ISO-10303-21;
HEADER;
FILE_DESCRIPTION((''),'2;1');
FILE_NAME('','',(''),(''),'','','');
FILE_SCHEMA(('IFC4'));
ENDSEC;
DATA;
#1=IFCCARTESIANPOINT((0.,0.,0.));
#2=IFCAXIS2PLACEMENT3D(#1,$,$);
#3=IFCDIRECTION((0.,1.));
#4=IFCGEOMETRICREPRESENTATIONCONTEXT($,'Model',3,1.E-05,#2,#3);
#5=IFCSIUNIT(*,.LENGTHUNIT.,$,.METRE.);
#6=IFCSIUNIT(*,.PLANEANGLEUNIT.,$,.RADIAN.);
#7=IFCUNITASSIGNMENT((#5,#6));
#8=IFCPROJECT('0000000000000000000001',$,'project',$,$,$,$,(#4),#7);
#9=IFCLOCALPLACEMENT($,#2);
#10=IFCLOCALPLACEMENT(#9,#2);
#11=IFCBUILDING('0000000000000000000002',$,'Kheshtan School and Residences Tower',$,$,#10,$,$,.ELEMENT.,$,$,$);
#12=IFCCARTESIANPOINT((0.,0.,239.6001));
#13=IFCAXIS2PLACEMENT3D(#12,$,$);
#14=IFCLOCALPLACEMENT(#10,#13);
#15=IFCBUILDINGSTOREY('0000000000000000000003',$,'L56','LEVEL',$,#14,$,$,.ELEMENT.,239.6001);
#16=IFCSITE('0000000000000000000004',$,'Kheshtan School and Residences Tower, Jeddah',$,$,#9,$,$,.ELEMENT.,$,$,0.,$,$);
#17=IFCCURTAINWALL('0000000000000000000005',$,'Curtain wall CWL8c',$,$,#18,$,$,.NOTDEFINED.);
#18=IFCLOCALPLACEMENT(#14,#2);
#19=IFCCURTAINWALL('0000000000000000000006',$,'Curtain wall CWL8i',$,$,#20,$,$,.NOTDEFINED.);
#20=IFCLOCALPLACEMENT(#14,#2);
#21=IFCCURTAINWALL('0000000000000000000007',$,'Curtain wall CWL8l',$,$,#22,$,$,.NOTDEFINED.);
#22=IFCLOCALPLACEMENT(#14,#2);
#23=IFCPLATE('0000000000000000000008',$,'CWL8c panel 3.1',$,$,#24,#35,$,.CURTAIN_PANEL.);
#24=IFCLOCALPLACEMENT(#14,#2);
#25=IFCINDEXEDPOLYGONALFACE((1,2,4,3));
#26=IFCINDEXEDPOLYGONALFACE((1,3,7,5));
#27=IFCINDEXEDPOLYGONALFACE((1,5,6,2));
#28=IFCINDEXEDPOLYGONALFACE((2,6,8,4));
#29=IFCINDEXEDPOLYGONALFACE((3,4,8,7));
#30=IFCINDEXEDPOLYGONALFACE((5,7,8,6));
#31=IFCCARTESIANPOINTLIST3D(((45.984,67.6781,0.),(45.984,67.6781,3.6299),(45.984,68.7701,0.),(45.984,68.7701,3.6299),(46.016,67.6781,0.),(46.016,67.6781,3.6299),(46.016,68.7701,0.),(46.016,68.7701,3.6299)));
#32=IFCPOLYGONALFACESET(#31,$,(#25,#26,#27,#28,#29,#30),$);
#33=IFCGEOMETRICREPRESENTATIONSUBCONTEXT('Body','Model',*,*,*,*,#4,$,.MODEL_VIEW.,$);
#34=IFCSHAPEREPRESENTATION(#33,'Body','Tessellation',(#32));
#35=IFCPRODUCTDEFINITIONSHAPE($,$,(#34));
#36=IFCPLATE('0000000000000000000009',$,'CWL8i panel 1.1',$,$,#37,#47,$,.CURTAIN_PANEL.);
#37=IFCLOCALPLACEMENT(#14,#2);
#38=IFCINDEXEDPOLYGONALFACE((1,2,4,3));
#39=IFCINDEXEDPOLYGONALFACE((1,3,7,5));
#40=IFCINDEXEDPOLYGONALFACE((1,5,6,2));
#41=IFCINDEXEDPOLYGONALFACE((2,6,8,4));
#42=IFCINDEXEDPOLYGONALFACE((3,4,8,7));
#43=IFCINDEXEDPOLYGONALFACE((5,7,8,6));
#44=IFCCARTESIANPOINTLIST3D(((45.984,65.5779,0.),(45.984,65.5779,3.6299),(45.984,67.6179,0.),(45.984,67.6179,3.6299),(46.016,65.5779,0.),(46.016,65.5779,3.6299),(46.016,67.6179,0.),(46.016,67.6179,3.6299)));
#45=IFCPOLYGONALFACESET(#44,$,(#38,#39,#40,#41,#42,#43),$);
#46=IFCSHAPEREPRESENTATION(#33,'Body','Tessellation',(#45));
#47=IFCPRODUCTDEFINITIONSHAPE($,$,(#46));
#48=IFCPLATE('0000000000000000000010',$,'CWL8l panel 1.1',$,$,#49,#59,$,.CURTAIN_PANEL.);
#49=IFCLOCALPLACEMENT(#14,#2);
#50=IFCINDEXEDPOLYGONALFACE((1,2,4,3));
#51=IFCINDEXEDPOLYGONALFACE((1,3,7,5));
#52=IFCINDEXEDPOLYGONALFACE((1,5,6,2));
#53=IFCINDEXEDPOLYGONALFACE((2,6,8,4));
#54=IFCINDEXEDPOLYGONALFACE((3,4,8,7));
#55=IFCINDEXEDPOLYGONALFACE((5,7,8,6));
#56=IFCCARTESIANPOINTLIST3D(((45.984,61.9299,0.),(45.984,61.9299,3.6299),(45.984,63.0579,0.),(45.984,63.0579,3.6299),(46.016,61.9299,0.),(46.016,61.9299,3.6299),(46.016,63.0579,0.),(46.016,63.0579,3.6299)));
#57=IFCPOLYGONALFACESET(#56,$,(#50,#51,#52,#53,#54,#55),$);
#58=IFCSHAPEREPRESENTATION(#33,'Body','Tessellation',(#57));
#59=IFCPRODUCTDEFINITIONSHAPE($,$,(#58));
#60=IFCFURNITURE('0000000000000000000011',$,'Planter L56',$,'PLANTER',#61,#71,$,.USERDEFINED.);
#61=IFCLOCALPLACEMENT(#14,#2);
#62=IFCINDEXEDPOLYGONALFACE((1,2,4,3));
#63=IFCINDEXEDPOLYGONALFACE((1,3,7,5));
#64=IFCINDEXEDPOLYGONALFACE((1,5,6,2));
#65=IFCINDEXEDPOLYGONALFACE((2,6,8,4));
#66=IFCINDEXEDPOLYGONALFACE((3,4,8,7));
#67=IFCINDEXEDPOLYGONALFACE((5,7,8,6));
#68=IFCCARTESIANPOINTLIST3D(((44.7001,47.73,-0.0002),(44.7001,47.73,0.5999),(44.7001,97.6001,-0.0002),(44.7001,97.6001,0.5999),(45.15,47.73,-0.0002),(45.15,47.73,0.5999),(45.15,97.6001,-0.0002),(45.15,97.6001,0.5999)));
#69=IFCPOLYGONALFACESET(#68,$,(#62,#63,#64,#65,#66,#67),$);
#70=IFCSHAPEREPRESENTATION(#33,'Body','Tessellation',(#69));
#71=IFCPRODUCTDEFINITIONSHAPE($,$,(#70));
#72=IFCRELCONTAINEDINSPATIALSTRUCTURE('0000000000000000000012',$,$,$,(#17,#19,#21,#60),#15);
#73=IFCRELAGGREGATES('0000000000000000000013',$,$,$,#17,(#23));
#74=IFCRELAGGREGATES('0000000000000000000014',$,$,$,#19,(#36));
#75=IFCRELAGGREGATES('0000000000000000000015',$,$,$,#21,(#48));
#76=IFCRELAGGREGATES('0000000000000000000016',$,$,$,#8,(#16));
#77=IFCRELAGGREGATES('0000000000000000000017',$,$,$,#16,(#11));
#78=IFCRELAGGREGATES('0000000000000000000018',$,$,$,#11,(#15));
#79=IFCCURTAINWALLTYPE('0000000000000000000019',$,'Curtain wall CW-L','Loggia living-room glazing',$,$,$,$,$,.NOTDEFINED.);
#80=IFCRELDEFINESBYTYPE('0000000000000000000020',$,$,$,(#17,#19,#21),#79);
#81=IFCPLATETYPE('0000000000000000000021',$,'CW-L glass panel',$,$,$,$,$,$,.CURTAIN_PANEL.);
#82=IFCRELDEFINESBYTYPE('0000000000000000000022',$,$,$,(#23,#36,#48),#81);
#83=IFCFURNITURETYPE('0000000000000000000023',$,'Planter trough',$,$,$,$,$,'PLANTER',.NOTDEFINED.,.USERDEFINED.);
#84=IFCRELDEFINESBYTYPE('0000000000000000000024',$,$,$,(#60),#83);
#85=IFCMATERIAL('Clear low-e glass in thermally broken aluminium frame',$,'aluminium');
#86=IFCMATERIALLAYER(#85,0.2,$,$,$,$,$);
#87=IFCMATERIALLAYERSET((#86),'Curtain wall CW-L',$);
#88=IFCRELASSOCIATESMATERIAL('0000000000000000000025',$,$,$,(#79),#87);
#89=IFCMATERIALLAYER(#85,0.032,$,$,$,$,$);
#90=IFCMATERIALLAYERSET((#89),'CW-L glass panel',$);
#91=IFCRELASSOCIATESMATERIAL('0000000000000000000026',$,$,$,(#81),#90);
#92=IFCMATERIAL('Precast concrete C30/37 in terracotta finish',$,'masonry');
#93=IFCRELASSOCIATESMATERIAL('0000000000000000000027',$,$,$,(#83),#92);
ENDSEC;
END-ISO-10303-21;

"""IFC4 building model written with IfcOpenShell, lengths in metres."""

from ifc_helpers import new_model, si_unit, direction, frame, origin, origin_2d, place, context, subcontext, project, spatial, rectangle, extrude, material, layer, layer_set, type_object, element, aggregate, save


model = new_model("IFC4")

# Units and contexts
model_context = context("Model", 3, precision=1e-05, world=origin(), true_north=direction((0.0, 1.0)))
body_context = subcontext(model_context, "Body", "Model", "MODEL_VIEW")
ifc_project = project(units=[si_unit("LENGTHUNIT", "METRE"), si_unit("PLANEANGLEUNIT", "RADIAN")], contexts=[model_context])

# Site, building, storey
site_placement = place(None, origin())
site = spatial("IfcSite", under=ifc_project, at=site_placement, Name="Kheshtan School and Residences Tower, Jeddah", CompositionType="ELEMENT", RefElevation=0.0)
building_placement = place(site_placement, origin())
building = spatial("IfcBuilding", under=site, at=building_placement, Name="Kheshtan School and Residences Tower", CompositionType="ELEMENT")
storey_placement = place(building_placement, frame((0.0, 0.0, 239.6001)))
storey = spatial("IfcBuildingStorey", under=building, at=storey_placement, Name="L56", Description="LEVEL", CompositionType="ELEMENT", Elevation=239.6001)

# Curtain wall
ifc_material_1 = material(Name="Clear low-e glass in thermally broken aluminium frame", Category="aluminium")
ifc_layer_1 = layer(ifc_material_1, 0.2)
ifc_layer_set_1 = layer_set([ifc_layer_1], Name="Curtain wall CW-L")
curtain_wall_type = type_object("IfcCurtainWallType", Name="Curtain wall CW-L", Description="Loggia living-room glazing", PredefinedType="NOTDEFINED", material=ifc_layer_set_1)
curtain_wall_1_placement = place(storey_placement, origin())
curtain_wall_1 = element("IfcCurtainWall", 1, at=curtain_wall_1_placement, inside=storey, type_object=curtain_wall_type, Name="Curtain wall CWL8c", PredefinedType="NOTDEFINED")

# Curtain walls
curtain_wall_2_placement = place(storey_placement, origin())
curtain_wall_2 = element("IfcCurtainWall", 2, at=curtain_wall_2_placement, inside=storey, type_object=curtain_wall_type, Name="Curtain wall CWL8i", PredefinedType="NOTDEFINED")
curtain_wall_3_placement = place(storey_placement, origin())
curtain_wall_3 = element("IfcCurtainWall", 3, at=curtain_wall_3_placement, inside=storey, type_object=curtain_wall_type, Name="Curtain wall CWL8l", PredefinedType="NOTDEFINED")

# Plates
ifc_layer_2 = layer(ifc_material_1, 0.032)
ifc_layer_set_2 = layer_set([ifc_layer_2], Name="CW-L glass panel")
plate_type = type_object("IfcPlateType", Name="CW-L glass panel", PredefinedType="CURTAIN_PANEL", material=ifc_layer_set_2)
plate_1_placement = place(storey_placement, frame((46.0, 68.2241, 0.0), z_axis=(0.0, 0.0, 1.0), x_axis=(0.0, -1.0, 0.0)))
plate_1 = element("IfcPlate", 4, at=plate_1_placement, type_object=plate_type, Name="CWL8c panel 3.1", PredefinedType="CURTAIN_PANEL", context=body_context, shape_type="SweptSolid", body=[
    extrude(rectangle(XDim=1.092, YDim=0.032, at=origin_2d()), origin(), (0.0, 0.0, 1.0), 3.6299),
])
aggregate(curtain_wall_1, [plate_1])
plate_2_placement = place(storey_placement, frame((46.0, 66.5979, 0.0), z_axis=(0.0, 0.0, 1.0), x_axis=(0.0, -1.0, 0.0)))
plate_2 = element("IfcPlate", 5, at=plate_2_placement, type_object=plate_type, Name="CWL8i panel 1.1", PredefinedType="CURTAIN_PANEL", context=body_context, shape_type="SweptSolid", body=[
    extrude(rectangle(XDim=2.04, YDim=0.032, at=origin_2d()), origin(), (0.0, 0.0, 1.0), 3.6299),
])
aggregate(curtain_wall_2, [plate_2])
plate_3_placement = place(storey_placement, frame((46.0, 62.4939, 0.0), z_axis=(0.0, 0.0, 1.0), x_axis=(0.0, -1.0, 0.0)))
plate_3 = element("IfcPlate", 6, at=plate_3_placement, type_object=plate_type, Name="CWL8l panel 1.1", PredefinedType="CURTAIN_PANEL", context=body_context, shape_type="SweptSolid", body=[
    extrude(rectangle(XDim=1.1279, YDim=0.032, at=origin_2d()), origin(), (0.0, 0.0, 1.0), 3.6299),
])
aggregate(curtain_wall_3, [plate_3])

# Furniture
ifc_material_2 = material(Name="Precast concrete C30/37 in terracotta finish", Category="masonry")
furniture_type = type_object("IfcFurnitureType", Name="Planter trough", ElementType="PLANTER", AssemblyPlace="NOTDEFINED", PredefinedType="USERDEFINED", material=ifc_material_2)
furniture_placement = place(storey_placement, frame((44.925, 72.665, -0.0002), z_axis=(0.0, 0.0, 1.0), x_axis=(0.0, -1.0, 0.0)))
element("IfcFurniture", 7, at=furniture_placement, inside=storey, type_object=furniture_type, Name="Planter L56", ObjectType="PLANTER", PredefinedType="USERDEFINED", context=body_context, shape_type="SweptSolid", body=[
    extrude(rectangle(XDim=49.8701, YDim=0.45, at=origin_2d()), origin(), (0.0, 0.0, 1.0), 0.6001),
])

save(model, "model.ifc")
